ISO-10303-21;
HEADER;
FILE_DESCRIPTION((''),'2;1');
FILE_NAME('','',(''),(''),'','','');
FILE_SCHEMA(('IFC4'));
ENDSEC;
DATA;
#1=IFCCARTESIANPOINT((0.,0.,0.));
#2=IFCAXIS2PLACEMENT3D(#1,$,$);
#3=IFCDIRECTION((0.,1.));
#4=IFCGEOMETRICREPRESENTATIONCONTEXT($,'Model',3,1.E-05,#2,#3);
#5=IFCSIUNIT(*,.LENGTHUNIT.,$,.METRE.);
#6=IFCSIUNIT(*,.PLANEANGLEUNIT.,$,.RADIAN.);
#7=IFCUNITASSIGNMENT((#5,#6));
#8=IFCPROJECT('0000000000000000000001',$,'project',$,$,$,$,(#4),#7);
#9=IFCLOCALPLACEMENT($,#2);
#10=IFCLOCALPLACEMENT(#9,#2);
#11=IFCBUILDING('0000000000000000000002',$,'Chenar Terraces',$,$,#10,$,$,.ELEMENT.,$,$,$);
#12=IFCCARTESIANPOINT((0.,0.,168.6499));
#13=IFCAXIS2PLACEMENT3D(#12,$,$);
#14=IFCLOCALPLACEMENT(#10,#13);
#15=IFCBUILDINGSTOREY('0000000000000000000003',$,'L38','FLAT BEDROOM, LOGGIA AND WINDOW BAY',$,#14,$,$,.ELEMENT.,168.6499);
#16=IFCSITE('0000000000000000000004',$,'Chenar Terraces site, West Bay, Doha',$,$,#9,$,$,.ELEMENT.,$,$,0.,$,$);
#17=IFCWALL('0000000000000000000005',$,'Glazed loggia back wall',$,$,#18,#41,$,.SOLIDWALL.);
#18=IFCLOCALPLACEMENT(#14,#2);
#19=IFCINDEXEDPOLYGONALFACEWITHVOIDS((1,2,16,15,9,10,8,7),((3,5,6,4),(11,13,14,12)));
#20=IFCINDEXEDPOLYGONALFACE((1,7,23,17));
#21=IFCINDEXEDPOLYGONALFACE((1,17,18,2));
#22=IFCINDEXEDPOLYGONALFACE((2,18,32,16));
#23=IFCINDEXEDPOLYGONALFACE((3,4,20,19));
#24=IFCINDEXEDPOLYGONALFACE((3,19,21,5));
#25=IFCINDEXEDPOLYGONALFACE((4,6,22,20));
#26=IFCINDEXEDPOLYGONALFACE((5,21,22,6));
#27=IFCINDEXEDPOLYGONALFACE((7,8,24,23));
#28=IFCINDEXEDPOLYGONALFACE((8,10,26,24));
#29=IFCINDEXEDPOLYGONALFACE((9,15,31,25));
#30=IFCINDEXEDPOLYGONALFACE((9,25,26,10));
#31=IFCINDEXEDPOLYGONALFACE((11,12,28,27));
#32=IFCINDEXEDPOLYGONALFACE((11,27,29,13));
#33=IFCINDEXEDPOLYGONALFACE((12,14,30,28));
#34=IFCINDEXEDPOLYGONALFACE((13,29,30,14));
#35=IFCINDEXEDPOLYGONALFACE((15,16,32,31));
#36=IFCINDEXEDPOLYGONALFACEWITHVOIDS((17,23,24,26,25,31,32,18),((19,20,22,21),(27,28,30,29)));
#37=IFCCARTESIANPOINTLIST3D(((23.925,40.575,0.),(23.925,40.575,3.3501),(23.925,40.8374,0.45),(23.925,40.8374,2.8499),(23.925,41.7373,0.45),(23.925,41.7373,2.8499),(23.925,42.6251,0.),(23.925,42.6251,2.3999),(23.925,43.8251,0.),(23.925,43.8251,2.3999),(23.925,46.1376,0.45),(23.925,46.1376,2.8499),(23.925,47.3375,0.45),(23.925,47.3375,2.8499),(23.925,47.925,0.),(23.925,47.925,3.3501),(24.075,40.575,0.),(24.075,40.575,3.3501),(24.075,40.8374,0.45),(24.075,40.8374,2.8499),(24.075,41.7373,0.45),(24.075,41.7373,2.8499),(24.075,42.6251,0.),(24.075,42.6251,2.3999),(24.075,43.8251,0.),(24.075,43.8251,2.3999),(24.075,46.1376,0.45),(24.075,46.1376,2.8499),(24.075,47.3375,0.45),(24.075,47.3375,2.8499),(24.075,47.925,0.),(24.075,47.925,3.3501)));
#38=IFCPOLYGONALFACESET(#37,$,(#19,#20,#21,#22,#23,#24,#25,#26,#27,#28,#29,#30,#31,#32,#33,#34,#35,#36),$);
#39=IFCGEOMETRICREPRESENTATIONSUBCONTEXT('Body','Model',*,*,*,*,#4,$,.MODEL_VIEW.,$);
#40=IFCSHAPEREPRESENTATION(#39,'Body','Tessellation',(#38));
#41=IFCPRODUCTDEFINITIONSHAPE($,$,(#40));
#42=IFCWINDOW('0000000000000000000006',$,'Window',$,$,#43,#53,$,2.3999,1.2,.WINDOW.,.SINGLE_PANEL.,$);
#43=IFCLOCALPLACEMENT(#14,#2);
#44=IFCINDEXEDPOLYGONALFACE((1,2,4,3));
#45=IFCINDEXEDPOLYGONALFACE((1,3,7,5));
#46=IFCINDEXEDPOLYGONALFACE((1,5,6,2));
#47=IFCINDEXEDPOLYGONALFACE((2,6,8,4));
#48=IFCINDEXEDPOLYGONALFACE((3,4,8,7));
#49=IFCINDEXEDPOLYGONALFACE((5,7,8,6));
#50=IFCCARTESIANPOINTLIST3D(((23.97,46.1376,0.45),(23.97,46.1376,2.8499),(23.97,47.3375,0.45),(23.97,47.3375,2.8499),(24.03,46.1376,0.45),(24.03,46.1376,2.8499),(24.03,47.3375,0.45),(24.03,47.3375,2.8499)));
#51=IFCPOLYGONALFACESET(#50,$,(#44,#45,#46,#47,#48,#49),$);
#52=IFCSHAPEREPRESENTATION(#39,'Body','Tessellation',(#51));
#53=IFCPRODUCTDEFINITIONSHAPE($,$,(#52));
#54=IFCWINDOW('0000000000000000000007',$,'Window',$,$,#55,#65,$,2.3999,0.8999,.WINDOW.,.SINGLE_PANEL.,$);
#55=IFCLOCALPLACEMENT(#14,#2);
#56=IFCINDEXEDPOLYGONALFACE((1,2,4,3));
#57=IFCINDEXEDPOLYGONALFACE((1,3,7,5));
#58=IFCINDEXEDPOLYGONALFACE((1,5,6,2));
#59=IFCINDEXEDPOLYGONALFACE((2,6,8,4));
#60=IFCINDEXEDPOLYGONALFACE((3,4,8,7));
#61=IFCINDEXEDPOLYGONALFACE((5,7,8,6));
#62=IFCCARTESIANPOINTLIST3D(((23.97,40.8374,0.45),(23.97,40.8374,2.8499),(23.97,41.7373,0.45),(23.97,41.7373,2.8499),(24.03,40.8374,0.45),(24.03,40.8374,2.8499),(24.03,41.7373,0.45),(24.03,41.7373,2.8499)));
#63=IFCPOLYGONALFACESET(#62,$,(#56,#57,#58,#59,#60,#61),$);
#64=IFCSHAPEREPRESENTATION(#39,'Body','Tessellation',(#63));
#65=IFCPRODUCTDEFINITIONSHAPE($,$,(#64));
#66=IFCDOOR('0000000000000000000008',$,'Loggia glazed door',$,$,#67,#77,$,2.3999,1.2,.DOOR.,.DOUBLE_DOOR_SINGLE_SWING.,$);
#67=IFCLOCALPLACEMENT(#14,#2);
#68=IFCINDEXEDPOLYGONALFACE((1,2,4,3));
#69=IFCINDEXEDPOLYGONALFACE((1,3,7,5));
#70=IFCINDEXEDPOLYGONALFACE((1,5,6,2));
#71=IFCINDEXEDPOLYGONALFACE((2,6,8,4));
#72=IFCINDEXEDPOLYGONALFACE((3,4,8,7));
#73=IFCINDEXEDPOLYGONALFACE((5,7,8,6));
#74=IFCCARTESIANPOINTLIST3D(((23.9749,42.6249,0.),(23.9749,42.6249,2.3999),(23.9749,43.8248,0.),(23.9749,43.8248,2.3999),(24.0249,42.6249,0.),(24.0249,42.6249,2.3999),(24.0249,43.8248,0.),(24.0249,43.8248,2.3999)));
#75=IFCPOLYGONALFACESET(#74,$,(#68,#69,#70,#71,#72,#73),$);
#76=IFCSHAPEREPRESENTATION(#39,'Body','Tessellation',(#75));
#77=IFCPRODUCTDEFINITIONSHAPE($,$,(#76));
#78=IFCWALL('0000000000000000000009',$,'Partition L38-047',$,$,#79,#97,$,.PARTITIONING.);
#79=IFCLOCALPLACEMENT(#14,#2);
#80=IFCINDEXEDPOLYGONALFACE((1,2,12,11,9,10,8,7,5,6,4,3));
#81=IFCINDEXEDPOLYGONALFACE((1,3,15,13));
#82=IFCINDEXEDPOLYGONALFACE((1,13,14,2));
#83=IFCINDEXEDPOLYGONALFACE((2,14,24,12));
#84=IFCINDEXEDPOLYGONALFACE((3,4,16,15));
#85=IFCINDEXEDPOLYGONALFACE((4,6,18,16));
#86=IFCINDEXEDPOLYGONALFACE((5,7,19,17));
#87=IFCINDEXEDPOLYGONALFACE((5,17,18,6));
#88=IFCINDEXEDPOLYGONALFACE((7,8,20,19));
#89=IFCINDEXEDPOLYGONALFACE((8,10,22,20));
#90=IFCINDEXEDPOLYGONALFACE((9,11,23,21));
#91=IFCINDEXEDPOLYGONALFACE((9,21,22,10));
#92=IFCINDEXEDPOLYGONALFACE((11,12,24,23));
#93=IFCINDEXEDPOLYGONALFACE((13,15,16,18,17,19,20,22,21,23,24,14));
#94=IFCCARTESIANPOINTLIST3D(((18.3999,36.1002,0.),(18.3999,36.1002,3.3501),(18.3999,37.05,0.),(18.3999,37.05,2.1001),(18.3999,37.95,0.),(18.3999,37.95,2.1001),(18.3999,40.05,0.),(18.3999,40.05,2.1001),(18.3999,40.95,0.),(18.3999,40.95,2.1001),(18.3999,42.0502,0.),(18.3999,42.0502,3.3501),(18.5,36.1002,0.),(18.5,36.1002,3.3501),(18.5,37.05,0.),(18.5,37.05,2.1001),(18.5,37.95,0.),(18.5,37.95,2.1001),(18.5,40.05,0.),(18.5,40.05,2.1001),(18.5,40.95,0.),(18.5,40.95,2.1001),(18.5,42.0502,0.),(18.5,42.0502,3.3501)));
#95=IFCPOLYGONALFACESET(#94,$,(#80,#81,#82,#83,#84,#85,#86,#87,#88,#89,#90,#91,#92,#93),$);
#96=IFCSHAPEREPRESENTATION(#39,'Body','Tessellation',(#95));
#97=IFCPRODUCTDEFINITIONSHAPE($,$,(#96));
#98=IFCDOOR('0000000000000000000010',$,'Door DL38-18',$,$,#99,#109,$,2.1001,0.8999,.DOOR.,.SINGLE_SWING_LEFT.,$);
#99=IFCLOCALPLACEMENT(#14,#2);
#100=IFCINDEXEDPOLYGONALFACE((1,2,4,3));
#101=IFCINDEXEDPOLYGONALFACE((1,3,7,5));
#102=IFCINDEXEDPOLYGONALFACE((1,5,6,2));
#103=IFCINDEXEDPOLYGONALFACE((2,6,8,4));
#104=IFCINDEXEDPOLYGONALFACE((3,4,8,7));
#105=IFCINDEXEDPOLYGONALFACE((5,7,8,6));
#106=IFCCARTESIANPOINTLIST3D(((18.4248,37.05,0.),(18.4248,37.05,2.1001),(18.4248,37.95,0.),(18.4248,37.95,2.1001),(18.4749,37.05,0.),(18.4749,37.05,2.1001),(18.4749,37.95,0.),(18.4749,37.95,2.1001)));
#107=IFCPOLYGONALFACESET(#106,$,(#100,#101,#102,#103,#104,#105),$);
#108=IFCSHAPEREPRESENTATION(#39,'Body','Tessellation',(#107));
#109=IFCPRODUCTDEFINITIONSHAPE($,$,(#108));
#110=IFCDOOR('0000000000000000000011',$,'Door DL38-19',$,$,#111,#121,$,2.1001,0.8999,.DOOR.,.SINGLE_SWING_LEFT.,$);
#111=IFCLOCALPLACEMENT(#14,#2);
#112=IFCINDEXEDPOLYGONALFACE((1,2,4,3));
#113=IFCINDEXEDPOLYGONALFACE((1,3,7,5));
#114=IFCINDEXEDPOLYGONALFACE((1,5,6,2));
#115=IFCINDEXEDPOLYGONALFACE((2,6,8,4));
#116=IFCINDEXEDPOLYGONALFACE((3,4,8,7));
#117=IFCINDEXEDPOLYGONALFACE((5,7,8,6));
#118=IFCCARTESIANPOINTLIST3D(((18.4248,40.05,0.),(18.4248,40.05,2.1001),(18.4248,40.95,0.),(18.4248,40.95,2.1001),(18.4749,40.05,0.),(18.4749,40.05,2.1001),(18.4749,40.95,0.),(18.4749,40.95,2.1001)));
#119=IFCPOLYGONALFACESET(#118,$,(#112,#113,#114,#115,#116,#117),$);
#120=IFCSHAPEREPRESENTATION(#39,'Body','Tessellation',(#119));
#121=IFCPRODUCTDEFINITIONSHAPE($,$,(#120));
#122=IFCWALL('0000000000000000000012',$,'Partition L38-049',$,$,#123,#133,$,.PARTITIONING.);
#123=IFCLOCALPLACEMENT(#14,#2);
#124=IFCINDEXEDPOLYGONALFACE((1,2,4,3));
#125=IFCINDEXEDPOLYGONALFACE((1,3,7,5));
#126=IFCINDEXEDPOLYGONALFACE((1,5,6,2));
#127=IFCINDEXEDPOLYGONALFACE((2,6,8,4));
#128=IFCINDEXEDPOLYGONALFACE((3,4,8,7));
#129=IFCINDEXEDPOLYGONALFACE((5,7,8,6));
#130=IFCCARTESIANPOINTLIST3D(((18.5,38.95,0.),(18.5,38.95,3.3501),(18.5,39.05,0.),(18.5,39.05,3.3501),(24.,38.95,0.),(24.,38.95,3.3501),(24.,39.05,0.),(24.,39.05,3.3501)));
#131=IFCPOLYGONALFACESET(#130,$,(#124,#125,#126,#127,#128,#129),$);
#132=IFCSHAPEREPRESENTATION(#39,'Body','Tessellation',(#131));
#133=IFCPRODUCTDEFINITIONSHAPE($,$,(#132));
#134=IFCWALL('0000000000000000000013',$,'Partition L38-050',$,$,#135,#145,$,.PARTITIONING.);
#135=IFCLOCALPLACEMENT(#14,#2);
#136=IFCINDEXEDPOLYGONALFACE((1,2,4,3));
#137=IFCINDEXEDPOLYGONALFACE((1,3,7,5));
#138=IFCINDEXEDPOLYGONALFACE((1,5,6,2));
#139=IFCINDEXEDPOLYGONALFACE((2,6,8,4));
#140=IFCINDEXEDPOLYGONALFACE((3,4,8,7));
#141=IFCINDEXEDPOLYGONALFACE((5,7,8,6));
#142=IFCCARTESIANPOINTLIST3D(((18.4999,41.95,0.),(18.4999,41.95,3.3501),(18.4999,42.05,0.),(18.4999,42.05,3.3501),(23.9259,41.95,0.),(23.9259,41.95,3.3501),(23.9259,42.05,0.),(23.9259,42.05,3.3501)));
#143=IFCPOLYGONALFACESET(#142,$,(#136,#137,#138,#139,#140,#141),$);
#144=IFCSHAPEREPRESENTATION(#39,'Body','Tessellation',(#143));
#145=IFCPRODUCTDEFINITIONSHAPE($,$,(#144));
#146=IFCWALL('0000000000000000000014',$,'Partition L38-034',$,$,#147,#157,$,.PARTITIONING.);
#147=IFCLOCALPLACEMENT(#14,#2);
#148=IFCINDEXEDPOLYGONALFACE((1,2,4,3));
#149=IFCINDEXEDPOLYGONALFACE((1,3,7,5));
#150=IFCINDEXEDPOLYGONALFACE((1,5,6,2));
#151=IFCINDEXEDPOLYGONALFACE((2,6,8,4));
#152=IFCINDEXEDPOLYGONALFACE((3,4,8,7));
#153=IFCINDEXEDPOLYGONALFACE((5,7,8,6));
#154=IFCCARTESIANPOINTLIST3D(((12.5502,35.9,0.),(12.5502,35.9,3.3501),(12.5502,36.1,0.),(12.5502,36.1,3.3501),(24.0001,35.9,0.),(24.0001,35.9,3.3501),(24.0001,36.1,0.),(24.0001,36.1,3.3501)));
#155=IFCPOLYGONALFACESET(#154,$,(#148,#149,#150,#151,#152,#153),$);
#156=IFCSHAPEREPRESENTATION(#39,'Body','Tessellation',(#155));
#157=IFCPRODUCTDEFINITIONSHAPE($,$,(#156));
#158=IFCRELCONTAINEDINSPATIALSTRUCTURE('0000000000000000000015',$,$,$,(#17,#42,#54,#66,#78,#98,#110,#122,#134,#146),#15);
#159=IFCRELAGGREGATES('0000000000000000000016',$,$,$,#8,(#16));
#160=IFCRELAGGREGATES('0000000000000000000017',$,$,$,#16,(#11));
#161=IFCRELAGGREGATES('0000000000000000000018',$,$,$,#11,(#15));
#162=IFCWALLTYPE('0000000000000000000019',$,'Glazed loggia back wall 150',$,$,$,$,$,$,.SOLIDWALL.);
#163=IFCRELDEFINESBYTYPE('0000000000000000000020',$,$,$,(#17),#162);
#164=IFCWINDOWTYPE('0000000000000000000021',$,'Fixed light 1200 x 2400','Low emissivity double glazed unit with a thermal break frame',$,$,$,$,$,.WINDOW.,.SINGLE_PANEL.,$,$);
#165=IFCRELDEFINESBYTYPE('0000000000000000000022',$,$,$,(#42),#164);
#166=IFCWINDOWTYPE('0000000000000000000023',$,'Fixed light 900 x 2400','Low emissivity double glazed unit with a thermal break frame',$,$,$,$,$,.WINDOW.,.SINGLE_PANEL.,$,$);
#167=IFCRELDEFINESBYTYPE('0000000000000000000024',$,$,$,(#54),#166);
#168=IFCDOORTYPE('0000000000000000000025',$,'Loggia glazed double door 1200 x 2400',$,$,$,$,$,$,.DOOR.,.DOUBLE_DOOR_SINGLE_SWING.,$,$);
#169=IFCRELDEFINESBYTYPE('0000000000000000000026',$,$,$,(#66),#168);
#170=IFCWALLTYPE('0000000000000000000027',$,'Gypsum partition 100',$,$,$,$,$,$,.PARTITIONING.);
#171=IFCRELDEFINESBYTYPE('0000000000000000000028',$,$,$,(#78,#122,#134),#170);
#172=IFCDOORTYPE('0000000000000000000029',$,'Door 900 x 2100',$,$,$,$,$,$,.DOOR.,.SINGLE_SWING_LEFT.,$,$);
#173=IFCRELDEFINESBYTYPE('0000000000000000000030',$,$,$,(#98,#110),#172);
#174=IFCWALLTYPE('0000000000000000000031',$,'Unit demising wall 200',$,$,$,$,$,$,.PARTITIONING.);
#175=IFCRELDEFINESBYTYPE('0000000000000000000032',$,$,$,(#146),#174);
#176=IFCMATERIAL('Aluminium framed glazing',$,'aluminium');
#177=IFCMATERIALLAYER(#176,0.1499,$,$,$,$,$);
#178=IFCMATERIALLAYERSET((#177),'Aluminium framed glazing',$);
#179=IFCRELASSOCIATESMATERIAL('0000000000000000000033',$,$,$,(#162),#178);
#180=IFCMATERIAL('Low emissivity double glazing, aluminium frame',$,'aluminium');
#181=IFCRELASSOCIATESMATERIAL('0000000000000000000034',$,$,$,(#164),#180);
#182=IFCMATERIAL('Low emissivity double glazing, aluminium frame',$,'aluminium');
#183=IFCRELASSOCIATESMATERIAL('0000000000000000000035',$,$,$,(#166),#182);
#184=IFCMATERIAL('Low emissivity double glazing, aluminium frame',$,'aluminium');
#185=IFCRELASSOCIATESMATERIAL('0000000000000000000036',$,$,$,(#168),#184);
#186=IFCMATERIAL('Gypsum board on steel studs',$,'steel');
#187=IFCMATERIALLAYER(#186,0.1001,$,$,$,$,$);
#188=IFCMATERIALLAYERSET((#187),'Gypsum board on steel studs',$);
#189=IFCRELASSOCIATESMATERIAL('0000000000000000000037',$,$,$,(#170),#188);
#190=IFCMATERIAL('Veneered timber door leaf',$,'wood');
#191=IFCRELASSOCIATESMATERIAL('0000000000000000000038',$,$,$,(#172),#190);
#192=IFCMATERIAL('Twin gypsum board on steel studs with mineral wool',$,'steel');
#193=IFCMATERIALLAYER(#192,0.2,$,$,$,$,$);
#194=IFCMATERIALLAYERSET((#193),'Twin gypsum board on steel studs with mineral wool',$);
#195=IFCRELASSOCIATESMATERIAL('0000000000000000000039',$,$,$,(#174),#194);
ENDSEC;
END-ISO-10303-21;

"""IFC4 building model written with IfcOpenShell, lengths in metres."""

from ifc_helpers import new_model, si_unit, direction, frame, frame_2d, origin, place, context, subcontext, project, spatial, rectangle, extrude, material, layer, layer_set, type_object, element, fill, save


model = new_model("IFC4")

# Units and contexts
model_context = context("Model", 3, precision=1e-05, world=origin(), true_north=direction((0.0, 1.0)))
body_context = subcontext(model_context, "Body", "Model", "MODEL_VIEW")
ifc_project = project(units=[si_unit("LENGTHUNIT", "METRE"), si_unit("PLANEANGLEUNIT", "RADIAN")], contexts=[model_context])

# Site, building, storey
site_placement = place(None, origin())
site = spatial("IfcSite", under=ifc_project, at=site_placement, Name="Chenar Terraces site, West Bay, Doha", CompositionType="ELEMENT", RefElevation=0.0)
building_placement = place(site_placement, origin())
building = spatial("IfcBuilding", under=site, at=building_placement, Name="Chenar Terraces", CompositionType="ELEMENT")
storey_placement = place(building_placement, frame((0.0, 0.0, 168.6499)))
storey = spatial("IfcBuildingStorey", under=building, at=storey_placement, Name="L38", Description="FLAT BEDROOM, LOGGIA AND WINDOW BAY", CompositionType="ELEMENT", Elevation=168.6499)

# Wall, openings, windows, door
ifc_material_1 = material(Name="Aluminium framed glazing", Category="aluminium")
ifc_layer_1 = layer(ifc_material_1, 0.1499)
ifc_layer_set_1 = layer_set([ifc_layer_1], Name="Aluminium framed glazing")
wall_type_1 = type_object("IfcWallType", Name="Glazed loggia back wall 150", PredefinedType="SOLIDWALL", material=ifc_layer_set_1)
wall_1_placement = place(storey_placement, frame((24.0, 40.575, 0.0), z_axis=(0.0, 0.0, 1.0), x_axis=(0.0, 1.0, 0.0)))
wall_1 = element("IfcWall", 1, at=wall_1_placement, inside=storey, type_object=wall_type_1, Name="Glazed loggia back wall", PredefinedType="SOLIDWALL", context=body_context, shape_type="SweptSolid", body=[
    extrude(rectangle(XDim=7.3501, YDim=0.1499, at=frame_2d((3.675, 0.0))), origin(), (0.0, 0.0, 1.0), 3.3501),
])
opening_1_placement = place(wall_1_placement, frame((0.2625, 0.0, 0.45)))
opening_1 = element("IfcOpeningElement", 2, at=opening_1_placement, cuts=wall_1, PredefinedType="OPENING", context=body_context, shape_type="SweptSolid", body=[
    extrude(rectangle(XDim=0.8999, YDim=2.3999, at=frame_2d((0.45, 1.2))), frame((0.0, 0.085, 0.0), z_axis=(0.0, -1.0, 0.0), x_axis=(1.0, 0.0, 0.0)), (0.0, 0.0, 1.0), 0.1699),
])
opening_2_placement = place(wall_1_placement, frame((2.05, 0.0, 0.0)))
opening_2 = element("IfcOpeningElement", 3, at=opening_2_placement, cuts=wall_1, PredefinedType="OPENING", context=body_context, shape_type="SweptSolid", body=[
    extrude(rectangle(XDim=1.2, YDim=2.3999, at=frame_2d((0.6001, 1.2))), frame((0.0, 0.085, 0.0), z_axis=(0.0, -1.0, 0.0), x_axis=(1.0, 0.0, 0.0)), (0.0, 0.0, 1.0), 0.1699),
])
opening_3_placement = place(wall_1_placement, frame((5.5625, 0.0, 0.45)))
opening_3 = element("IfcOpeningElement", 4, at=opening_3_placement, cuts=wall_1, PredefinedType="OPENING", context=body_context, shape_type="SweptSolid", body=[
    extrude(rectangle(XDim=1.2, YDim=2.3999, at=frame_2d((0.6001, 1.2))), frame((0.0, 0.085, 0.0), z_axis=(0.0, -1.0, 0.0), x_axis=(1.0, 0.0, 0.0)), (0.0, 0.0, 1.0), 0.1699),
])
ifc_material_2 = material(Name="Low emissivity double glazing, aluminium frame", Category="aluminium")
window_type_1 = type_object("IfcWindowType", Name="Fixed light 1200 x 2400", Description="Low emissivity double glazed unit with a thermal break frame", PartitioningType="SINGLE_PANEL", PredefinedType="WINDOW", material=ifc_material_2)
window_1_placement = place(opening_3_placement, origin())
window_1 = element("IfcWindow", 5, at=window_1_placement, inside=storey, type_object=window_type_1, Name="Window", OverallHeight=2.3999, OverallWidth=1.2, PartitioningType="SINGLE_PANEL", PredefinedType="WINDOW", context=body_context, shape_type="SweptSolid", body=[
    extrude(rectangle(XDim=1.2, YDim=2.3999, at=frame_2d((0.6001, 1.2))), frame((0.0, 0.03, 0.0), z_axis=(0.0, -1.0, 0.0), x_axis=(1.0, 0.0, 0.0)), (0.0, 0.0, 1.0), 0.0601),
])
fill(opening_3, window_1)
ifc_material_3 = material(Name="Low emissivity double glazing, aluminium frame", Category="aluminium")
window_type_2 = type_object("IfcWindowType", Name="Fixed light 900 x 2400", Description="Low emissivity double glazed unit with a thermal break frame", PartitioningType="SINGLE_PANEL", PredefinedType="WINDOW", material=ifc_material_3)
window_2_placement = place(opening_1_placement, origin())
window_2 = element("IfcWindow", 6, at=window_2_placement, inside=storey, type_object=window_type_2, Name="Window", OverallHeight=2.3999, OverallWidth=0.8999, PartitioningType="SINGLE_PANEL", PredefinedType="WINDOW", context=body_context, shape_type="SweptSolid", body=[
    extrude(rectangle(XDim=0.8999, YDim=2.3999, at=frame_2d((0.45, 1.2))), frame((0.0, 0.03, 0.0), z_axis=(0.0, -1.0, 0.0), x_axis=(1.0, 0.0, 0.0)), (0.0, 0.0, 1.0), 0.0601),
])
fill(opening_1, window_2)
ifc_material_4 = material(Name="Low emissivity double glazing, aluminium frame", Category="aluminium")
door_type_1 = type_object("IfcDoorType", Name="Loggia glazed double door 1200 x 2400", OperationType="DOUBLE_DOOR_SINGLE_SWING", PredefinedType="DOOR", material=ifc_material_4)
door_1_placement = place(opening_2_placement, frame((1.2, 0.0, 0.0), z_axis=(0.0, 0.0, 1.0), x_axis=(-1.0, 0.0, 0.0)))
door_1 = element("IfcDoor", 7, at=door_1_placement, inside=storey, type_object=door_type_1, Name="Loggia glazed door", OperationType="DOUBLE_DOOR_SINGLE_SWING", OverallHeight=2.3999, OverallWidth=1.2, PredefinedType="DOOR", context=body_context, shape_type="SweptSolid", body=[
    extrude(rectangle(XDim=1.2, YDim=2.3999, at=frame_2d((0.6001, 1.2))), frame((0.0, 0.0249, 0.0), z_axis=(0.0, -1.0, 0.0), x_axis=(1.0, 0.0, 0.0)), (0.0, 0.0, 1.0), 0.05),
])
fill(opening_2, door_1)

# Wall, openings, doors
ifc_material_5 = material(Name="Gypsum board on steel studs", Category="steel")
ifc_layer_2 = layer(ifc_material_5, 0.1001)
ifc_layer_set_2 = layer_set([ifc_layer_2], Name="Gypsum board on steel studs")
wall_type_2 = type_object("IfcWallType", Name="Gypsum partition 100", PredefinedType="PARTITIONING", material=ifc_layer_set_2)
wall_2_placement = place(storey_placement, frame((18.45, 36.1001, 0.0), z_axis=(0.0, 0.0, 1.0), x_axis=(0.0, 1.0, 0.0)))
wall_2 = element("IfcWall", 8, at=wall_2_placement, inside=storey, type_object=wall_type_2, Name="Partition L38-047", PredefinedType="PARTITIONING", context=body_context, shape_type="SweptSolid", body=[
    extrude(rectangle(XDim=5.95, YDim=0.1001, at=frame_2d((2.9751, 0.0))), origin(), (0.0, 0.0, 1.0), 3.3501),
])
opening_4_placement = place(wall_2_placement, frame((0.95, 0.0, 0.0)))
opening_4 = element("IfcOpeningElement", 9, at=opening_4_placement, cuts=wall_2, PredefinedType="OPENING", context=body_context, shape_type="SweptSolid", body=[
    extrude(rectangle(XDim=0.8999, YDim=2.1001, at=frame_2d((0.45, 1.05))), frame((0.0, 0.0601, 0.0), z_axis=(0.0, -1.0, 0.0), x_axis=(1.0, 0.0, 0.0)), (0.0, 0.0, 1.0), 0.1201),
])
opening_5_placement = place(wall_2_placement, frame((3.95, 0.0, 0.0)))
opening_5 = element("IfcOpeningElement", 10, at=opening_5_placement, cuts=wall_2, PredefinedType="OPENING", context=body_context, shape_type="SweptSolid", body=[
    extrude(rectangle(XDim=0.8999, YDim=2.1001, at=frame_2d((0.45, 1.05))), frame((0.0, 0.0601, 0.0), z_axis=(0.0, -1.0, 0.0), x_axis=(1.0, 0.0, 0.0)), (0.0, 0.0, 1.0), 0.1201),
])
ifc_material_6 = material(Name="Veneered timber door leaf", Category="wood")
door_type_2 = type_object("IfcDoorType", Name="Door 900 x 2100", OperationType="SINGLE_SWING_LEFT", PredefinedType="DOOR", material=ifc_material_6)
door_2_placement = place(opening_4_placement, frame((0.8999, 0.0, 0.0), z_axis=(0.0, 0.0, 1.0), x_axis=(-1.0, 0.0, 0.0)))
door_2 = element("IfcDoor", 11, at=door_2_placement, inside=storey, type_object=door_type_2, Name="Door DL38-18", OperationType="SINGLE_SWING_LEFT", OverallHeight=2.1001, OverallWidth=0.8999, PredefinedType="DOOR", context=body_context, shape_type="SweptSolid", body=[
    extrude(rectangle(XDim=0.8999, YDim=2.1001, at=frame_2d((0.45, 1.05))), frame((0.0, 0.0249, 0.0), z_axis=(0.0, -1.0, 0.0), x_axis=(1.0, 0.0, 0.0)), (0.0, 0.0, 1.0), 0.05),
])
fill(opening_4, door_2)
door_3_placement = place(opening_5_placement, frame((0.8999, 0.0, 0.0), z_axis=(0.0, 0.0, 1.0), x_axis=(-1.0, 0.0, 0.0)))
door_3 = element("IfcDoor", 12, at=door_3_placement, inside=storey, type_object=door_type_2, Name="Door DL38-19", OperationType="SINGLE_SWING_LEFT", OverallHeight=2.1001, OverallWidth=0.8999, PredefinedType="DOOR", context=body_context, shape_type="SweptSolid", body=[
    extrude(rectangle(XDim=0.8999, YDim=2.1001, at=frame_2d((0.45, 1.05))), frame((0.0, 0.0249, 0.0), z_axis=(0.0, -1.0, 0.0), x_axis=(1.0, 0.0, 0.0)), (0.0, 0.0, 1.0), 0.05),
])
fill(opening_5, door_3)

# Walls
wall_3_placement = place(storey_placement, frame((18.5, 39.0, 0.0), z_axis=(0.0, 0.0, 1.0), x_axis=(1.0, 0.0, 0.0)))
element("IfcWall", 13, at=wall_3_placement, inside=storey, type_object=wall_type_2, Name="Partition L38-049", PredefinedType="PARTITIONING", context=body_context, shape_type="SweptSolid", body=[
    extrude(rectangle(XDim=5.5, YDim=0.1001, at=frame_2d((2.75, 0.0))), origin(), (0.0, 0.0, 1.0), 3.3501),
])
wall_4_placement = place(storey_placement, frame((18.5, 42.0, 0.0), z_axis=(0.0, 0.0, 1.0), x_axis=(1.0, 0.0, 0.0)))
element("IfcWall", 14, at=wall_4_placement, inside=storey, type_object=wall_type_2, Name="Partition L38-050", PredefinedType="PARTITIONING", context=body_context, shape_type="SweptSolid", body=[
    extrude(rectangle(XDim=5.426, YDim=0.1001, at=frame_2d((2.7129, 0.0))), origin(), (0.0, 0.0, 1.0), 3.3501),
])
ifc_material_7 = material(Name="Twin gypsum board on steel studs with mineral wool", Category="steel")
ifc_layer_3 = layer(ifc_material_7, 0.2)
ifc_layer_set_3 = layer_set([ifc_layer_3], Name="Twin gypsum board on steel studs with mineral wool")
wall_type_3 = type_object("IfcWallType", Name="Unit demising wall 200", PredefinedType="PARTITIONING", material=ifc_layer_set_3)
wall_5_placement = place(storey_placement, frame((12.55, 36.0, 0.0), z_axis=(0.0, 0.0, 1.0), x_axis=(1.0, 0.0, 0.0)))
element("IfcWall", 15, at=wall_5_placement, inside=storey, type_object=wall_type_3, Name="Partition L38-034", PredefinedType="PARTITIONING", context=body_context, shape_type="SweptSolid", body=[
    extrude(rectangle(XDim=11.45, YDim=0.2, at=frame_2d((5.7251, 0.0))), origin(), (0.0, 0.0, 1.0), 3.3501),
])

save(model, "model.ifc")
